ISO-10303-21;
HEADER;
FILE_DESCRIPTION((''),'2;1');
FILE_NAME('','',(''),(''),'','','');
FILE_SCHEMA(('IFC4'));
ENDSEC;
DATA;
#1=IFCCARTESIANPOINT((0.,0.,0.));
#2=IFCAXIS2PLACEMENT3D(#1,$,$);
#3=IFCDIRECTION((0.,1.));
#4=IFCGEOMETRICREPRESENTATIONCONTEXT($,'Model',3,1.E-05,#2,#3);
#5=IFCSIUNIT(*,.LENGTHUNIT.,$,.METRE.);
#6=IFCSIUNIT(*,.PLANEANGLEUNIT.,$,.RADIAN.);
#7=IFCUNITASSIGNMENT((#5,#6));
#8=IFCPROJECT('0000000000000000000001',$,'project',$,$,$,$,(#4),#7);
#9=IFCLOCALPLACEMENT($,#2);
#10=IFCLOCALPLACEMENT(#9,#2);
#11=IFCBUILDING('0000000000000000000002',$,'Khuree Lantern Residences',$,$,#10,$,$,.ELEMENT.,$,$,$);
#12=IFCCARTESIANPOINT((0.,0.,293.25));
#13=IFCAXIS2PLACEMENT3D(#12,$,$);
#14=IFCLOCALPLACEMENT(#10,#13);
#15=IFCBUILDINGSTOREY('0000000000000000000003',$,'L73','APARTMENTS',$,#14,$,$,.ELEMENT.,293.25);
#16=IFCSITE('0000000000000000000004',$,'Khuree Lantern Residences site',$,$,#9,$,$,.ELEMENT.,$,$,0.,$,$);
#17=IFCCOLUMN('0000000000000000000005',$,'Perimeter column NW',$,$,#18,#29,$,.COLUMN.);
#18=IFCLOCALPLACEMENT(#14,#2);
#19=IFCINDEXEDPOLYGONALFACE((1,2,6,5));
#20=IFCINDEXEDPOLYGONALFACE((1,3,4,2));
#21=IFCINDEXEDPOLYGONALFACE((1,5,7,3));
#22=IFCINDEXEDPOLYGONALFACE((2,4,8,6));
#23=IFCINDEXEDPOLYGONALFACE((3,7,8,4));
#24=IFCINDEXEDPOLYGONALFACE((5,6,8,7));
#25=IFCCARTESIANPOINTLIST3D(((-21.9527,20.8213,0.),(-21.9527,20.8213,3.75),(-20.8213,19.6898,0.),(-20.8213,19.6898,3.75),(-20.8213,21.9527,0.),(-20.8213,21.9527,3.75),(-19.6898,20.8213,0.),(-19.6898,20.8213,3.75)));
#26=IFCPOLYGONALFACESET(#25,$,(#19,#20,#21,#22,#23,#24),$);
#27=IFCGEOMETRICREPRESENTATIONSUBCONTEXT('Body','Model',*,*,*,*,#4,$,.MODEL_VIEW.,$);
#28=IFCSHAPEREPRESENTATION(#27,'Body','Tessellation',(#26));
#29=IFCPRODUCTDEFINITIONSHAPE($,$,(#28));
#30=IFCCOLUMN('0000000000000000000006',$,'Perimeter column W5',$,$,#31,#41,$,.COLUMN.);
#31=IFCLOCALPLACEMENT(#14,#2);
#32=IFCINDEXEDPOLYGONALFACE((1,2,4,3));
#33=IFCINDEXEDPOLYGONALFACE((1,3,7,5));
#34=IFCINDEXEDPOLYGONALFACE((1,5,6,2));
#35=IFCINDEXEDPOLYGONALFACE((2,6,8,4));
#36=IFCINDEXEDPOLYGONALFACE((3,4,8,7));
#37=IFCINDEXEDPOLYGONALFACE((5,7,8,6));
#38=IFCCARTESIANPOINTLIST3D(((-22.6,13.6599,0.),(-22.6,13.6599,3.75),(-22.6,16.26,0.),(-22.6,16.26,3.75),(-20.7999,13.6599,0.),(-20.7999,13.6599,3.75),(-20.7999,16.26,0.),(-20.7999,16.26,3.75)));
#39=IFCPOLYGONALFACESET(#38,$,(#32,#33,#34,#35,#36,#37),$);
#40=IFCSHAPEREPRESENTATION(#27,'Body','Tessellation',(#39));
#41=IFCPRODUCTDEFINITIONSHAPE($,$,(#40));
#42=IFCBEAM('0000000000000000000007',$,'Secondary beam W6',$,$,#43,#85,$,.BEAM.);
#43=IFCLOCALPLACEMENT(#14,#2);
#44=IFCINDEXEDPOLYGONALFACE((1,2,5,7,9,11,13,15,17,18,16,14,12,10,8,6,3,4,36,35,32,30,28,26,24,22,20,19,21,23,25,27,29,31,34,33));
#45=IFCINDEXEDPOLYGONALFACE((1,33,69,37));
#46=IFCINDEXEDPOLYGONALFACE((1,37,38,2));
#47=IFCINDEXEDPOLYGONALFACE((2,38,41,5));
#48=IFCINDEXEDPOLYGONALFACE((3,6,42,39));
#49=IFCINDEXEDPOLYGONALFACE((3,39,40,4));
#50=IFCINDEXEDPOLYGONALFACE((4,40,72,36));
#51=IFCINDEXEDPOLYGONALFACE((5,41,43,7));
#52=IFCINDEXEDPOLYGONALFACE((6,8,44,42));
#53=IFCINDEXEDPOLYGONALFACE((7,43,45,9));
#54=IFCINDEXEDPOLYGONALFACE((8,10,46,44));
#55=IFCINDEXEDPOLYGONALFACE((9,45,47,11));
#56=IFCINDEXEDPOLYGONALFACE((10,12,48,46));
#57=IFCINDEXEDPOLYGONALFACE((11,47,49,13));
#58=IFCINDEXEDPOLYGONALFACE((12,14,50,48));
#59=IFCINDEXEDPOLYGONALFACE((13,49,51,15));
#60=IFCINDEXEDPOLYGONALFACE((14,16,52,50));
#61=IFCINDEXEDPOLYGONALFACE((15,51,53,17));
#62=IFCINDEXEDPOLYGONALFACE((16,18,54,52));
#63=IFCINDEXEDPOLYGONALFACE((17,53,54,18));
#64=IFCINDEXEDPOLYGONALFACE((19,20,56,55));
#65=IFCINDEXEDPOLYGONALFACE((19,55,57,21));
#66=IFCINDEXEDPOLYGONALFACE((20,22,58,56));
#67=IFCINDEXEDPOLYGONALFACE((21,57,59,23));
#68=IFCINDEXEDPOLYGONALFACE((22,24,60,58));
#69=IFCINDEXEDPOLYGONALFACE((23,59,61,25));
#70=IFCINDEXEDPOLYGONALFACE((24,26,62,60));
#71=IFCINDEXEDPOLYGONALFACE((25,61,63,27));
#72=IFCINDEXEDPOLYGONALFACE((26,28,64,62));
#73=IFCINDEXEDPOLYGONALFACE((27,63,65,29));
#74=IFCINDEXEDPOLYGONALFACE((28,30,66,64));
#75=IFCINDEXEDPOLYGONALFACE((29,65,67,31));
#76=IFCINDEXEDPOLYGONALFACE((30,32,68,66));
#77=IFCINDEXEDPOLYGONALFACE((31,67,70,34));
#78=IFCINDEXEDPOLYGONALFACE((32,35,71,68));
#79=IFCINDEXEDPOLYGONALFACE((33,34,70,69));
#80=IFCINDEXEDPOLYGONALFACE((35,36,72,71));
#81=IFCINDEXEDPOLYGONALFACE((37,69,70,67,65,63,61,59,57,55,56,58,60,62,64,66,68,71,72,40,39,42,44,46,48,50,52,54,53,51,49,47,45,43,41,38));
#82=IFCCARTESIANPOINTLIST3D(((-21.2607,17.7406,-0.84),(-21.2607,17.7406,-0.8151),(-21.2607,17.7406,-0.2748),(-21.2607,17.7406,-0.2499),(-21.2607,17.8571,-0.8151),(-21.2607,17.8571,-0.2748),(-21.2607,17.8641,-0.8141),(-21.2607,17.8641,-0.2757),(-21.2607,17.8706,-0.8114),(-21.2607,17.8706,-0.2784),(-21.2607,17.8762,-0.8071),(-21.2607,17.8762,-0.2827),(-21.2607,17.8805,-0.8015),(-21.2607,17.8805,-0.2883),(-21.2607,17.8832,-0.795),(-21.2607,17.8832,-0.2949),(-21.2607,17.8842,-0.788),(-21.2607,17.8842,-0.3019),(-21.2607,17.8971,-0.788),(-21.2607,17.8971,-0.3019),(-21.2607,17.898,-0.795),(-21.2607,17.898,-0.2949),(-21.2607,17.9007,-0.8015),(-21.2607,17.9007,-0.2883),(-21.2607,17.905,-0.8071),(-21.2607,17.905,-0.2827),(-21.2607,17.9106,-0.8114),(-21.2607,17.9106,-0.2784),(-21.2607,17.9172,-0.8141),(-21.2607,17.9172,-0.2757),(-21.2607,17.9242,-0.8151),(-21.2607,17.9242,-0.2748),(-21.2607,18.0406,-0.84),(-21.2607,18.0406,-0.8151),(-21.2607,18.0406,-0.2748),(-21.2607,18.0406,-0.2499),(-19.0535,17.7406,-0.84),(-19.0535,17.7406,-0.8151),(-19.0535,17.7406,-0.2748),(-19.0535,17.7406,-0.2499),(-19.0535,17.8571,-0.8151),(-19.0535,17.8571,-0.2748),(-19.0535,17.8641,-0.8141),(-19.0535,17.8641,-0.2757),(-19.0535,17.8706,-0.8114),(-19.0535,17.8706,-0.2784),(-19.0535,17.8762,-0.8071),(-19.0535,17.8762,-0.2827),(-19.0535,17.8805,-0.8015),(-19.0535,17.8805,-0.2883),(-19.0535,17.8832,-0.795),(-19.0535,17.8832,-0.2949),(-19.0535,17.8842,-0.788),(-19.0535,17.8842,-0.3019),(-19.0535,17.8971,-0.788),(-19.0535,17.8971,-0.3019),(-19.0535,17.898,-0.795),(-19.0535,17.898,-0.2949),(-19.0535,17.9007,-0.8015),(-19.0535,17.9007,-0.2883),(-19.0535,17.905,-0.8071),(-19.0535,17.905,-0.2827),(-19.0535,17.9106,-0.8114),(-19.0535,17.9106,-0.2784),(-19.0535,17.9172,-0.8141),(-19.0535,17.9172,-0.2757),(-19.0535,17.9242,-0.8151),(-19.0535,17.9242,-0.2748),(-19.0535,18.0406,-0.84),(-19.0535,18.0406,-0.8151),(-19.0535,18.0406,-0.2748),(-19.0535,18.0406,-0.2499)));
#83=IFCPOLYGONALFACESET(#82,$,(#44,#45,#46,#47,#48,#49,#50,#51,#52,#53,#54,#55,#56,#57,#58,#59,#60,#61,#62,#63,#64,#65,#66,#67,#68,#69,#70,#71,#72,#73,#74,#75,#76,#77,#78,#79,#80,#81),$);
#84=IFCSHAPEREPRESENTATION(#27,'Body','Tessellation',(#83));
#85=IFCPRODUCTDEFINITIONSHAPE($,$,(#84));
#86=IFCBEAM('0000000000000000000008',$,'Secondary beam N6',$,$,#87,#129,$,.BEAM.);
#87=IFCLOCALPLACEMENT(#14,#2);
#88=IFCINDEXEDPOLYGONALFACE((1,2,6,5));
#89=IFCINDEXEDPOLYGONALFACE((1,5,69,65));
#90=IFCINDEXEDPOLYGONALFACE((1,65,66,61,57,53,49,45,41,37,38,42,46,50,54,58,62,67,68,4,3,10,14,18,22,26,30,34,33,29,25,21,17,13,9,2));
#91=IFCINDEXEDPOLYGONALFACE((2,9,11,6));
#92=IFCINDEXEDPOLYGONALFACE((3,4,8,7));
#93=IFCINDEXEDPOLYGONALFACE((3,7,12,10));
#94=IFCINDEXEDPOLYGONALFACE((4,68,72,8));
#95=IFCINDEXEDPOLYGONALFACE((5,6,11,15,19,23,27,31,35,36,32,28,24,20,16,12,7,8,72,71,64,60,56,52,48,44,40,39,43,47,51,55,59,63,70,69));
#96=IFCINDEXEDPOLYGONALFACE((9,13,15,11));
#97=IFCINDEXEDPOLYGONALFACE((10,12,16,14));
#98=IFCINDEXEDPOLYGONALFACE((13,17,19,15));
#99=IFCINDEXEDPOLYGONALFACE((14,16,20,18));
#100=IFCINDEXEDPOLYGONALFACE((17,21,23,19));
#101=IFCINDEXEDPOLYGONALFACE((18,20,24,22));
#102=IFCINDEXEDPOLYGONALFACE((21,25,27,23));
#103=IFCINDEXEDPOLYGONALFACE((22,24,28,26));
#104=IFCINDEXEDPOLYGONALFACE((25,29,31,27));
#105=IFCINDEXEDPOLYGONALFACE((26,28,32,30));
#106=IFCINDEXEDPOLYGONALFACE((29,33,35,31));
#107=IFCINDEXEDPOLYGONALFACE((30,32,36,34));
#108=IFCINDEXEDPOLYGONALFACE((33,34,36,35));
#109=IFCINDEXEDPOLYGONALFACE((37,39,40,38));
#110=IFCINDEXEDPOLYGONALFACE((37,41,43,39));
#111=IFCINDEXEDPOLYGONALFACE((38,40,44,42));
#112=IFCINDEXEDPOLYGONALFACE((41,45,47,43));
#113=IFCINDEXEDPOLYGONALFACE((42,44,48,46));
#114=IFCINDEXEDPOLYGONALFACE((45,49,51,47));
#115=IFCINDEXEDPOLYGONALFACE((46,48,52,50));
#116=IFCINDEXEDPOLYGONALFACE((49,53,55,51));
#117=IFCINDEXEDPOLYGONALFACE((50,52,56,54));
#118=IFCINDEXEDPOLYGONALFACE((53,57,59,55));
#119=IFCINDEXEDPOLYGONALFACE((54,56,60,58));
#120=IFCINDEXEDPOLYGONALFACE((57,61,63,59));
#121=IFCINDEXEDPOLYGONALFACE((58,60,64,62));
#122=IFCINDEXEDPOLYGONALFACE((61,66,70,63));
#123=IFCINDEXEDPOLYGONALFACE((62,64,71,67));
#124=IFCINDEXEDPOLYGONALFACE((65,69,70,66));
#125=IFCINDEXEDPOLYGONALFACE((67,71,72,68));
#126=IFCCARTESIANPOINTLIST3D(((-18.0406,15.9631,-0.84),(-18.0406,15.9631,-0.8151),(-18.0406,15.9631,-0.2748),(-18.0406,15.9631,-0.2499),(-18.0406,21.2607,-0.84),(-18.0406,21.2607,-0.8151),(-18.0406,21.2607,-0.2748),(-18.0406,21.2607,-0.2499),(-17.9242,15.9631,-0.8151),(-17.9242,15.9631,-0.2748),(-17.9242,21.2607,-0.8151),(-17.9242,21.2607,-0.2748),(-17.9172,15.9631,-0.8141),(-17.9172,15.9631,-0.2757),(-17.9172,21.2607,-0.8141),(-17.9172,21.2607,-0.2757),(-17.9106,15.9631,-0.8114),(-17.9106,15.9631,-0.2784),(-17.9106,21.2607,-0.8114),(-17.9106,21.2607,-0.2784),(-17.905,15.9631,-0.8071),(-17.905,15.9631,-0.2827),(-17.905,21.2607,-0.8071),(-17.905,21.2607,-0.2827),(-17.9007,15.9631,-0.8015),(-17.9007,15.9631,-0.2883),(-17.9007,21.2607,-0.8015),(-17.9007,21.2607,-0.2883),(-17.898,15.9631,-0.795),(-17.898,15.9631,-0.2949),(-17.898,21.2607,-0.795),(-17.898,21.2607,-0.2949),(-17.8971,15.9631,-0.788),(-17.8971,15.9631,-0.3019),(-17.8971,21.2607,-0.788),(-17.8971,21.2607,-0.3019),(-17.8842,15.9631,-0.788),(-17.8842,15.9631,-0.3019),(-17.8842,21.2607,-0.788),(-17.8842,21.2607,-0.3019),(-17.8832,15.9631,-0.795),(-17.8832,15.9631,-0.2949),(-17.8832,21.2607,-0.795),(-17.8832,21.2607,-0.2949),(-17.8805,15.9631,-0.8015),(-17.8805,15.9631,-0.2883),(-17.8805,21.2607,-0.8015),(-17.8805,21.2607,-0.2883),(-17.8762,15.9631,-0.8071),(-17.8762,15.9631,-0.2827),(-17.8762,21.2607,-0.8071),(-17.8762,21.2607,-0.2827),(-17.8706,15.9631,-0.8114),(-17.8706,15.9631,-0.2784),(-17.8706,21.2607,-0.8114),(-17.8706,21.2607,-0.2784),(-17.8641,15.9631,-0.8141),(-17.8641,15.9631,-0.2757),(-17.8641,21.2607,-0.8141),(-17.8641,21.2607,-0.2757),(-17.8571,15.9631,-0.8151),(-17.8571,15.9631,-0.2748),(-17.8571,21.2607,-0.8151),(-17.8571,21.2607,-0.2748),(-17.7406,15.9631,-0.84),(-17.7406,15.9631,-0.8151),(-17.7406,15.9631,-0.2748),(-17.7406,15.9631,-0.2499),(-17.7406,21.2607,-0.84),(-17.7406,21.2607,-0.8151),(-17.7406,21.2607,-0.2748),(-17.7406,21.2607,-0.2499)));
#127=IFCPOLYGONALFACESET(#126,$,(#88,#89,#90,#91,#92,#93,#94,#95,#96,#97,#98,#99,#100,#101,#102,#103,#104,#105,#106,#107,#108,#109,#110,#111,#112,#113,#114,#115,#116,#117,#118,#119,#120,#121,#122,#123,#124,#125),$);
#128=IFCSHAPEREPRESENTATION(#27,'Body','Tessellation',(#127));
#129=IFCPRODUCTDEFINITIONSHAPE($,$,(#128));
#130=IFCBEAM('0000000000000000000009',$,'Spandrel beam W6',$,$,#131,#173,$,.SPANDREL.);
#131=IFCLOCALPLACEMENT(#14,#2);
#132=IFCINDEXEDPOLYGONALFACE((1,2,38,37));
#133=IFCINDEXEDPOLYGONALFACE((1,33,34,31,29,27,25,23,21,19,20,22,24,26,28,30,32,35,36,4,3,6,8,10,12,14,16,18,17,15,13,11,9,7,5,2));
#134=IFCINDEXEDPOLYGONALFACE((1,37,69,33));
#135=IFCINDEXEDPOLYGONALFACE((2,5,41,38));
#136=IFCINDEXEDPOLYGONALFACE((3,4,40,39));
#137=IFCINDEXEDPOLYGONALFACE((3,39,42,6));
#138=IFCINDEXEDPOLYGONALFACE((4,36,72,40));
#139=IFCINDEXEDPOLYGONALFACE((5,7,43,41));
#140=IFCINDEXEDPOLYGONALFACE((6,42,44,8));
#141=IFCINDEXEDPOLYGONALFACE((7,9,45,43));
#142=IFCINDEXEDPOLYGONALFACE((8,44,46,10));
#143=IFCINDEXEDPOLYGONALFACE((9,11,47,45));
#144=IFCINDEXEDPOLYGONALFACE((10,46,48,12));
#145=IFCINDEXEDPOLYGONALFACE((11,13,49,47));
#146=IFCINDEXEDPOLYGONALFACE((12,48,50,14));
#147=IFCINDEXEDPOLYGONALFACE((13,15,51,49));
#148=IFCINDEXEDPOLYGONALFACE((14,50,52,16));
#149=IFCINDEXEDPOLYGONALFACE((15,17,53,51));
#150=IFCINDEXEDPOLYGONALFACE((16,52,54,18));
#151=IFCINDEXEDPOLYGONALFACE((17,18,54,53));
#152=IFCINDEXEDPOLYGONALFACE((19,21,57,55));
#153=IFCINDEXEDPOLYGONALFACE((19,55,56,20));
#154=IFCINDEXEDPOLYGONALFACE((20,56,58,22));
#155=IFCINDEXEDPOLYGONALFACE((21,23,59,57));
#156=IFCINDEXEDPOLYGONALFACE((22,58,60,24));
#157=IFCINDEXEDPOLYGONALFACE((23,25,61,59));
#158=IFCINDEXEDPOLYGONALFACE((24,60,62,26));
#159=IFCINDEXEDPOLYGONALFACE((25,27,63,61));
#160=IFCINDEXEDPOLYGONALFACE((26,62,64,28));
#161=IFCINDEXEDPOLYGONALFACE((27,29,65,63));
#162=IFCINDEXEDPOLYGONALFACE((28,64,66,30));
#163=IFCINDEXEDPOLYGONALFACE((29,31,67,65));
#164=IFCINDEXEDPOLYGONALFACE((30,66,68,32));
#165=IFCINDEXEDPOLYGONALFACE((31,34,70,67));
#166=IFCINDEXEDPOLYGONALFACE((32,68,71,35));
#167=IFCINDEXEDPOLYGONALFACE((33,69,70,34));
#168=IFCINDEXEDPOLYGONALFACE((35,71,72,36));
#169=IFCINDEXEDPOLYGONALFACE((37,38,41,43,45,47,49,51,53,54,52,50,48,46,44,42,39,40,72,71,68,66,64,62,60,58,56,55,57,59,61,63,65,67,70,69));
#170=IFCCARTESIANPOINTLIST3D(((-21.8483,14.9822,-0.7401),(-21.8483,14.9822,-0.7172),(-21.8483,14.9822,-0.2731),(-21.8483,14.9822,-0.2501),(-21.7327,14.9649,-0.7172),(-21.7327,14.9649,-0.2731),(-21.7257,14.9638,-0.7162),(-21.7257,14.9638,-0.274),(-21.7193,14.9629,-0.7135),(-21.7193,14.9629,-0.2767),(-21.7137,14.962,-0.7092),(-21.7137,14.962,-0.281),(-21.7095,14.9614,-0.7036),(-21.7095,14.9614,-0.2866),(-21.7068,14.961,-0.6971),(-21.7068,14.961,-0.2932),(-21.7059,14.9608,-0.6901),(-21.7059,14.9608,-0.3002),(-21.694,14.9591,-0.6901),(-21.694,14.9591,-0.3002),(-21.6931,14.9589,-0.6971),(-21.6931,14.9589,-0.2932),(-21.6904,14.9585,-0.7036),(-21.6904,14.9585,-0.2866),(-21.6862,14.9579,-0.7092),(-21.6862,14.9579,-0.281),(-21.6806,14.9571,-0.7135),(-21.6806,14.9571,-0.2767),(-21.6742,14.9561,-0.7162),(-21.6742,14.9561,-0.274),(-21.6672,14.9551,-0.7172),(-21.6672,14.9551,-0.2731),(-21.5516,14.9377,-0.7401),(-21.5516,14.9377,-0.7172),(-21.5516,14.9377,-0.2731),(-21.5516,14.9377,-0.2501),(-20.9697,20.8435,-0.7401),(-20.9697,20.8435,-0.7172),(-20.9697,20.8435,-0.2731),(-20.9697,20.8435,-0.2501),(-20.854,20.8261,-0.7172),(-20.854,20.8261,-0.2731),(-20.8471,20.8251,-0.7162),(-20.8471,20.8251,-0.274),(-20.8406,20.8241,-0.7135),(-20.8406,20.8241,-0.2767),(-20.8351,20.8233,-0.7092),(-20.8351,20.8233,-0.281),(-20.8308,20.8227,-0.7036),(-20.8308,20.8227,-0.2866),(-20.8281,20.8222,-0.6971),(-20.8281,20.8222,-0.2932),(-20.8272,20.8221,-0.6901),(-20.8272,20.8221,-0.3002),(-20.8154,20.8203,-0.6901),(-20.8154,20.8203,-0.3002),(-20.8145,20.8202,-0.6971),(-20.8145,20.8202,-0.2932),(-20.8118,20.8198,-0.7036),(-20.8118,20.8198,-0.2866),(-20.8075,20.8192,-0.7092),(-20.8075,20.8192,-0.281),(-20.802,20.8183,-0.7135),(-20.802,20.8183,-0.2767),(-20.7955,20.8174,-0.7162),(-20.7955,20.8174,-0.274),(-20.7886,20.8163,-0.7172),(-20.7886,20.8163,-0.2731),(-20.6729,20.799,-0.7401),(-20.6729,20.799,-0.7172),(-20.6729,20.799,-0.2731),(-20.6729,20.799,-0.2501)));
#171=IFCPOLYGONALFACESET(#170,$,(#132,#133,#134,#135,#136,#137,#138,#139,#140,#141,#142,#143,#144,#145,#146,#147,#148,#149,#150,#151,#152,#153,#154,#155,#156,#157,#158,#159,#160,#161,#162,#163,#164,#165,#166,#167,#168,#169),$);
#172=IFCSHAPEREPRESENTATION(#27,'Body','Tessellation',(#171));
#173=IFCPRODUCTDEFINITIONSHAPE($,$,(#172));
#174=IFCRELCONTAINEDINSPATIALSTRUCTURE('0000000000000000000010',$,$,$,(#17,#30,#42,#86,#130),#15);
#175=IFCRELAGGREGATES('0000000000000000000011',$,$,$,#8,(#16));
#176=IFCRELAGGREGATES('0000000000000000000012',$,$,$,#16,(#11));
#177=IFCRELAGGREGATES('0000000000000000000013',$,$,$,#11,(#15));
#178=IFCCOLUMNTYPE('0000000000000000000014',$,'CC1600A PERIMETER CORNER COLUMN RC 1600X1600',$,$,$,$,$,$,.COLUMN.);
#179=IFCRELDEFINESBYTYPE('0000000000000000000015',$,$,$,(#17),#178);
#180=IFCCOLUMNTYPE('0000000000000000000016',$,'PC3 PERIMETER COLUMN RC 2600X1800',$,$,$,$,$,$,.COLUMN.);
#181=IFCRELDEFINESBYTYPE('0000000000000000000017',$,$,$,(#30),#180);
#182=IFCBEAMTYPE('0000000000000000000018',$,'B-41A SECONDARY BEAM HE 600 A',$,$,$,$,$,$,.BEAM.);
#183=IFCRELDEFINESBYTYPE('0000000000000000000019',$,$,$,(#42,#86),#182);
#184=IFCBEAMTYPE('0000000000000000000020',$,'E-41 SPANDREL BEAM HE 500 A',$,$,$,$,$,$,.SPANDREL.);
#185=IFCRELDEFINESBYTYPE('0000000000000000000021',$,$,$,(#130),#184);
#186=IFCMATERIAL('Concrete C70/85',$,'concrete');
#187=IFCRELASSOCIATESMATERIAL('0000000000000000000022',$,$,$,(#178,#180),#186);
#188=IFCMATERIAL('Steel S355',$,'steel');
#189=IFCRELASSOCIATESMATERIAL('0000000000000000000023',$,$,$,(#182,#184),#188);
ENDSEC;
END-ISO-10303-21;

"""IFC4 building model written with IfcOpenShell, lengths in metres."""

from ifc_helpers import new_model, si_unit, direction, frame, origin, origin_2d, place, context, subcontext, project, spatial, rectangle, i_section, extrude, material, material_profile, profile_set, type_object, element, save


model = new_model("IFC4")

# Units and contexts
model_context = context("Model", 3, precision=1e-05, world=origin(), true_north=direction((0.0, 1.0)))
body_context = subcontext(model_context, "Body", "Model", "MODEL_VIEW")
ifc_project = project(units=[si_unit("LENGTHUNIT", "METRE"), si_unit("PLANEANGLEUNIT", "RADIAN")], contexts=[model_context])

# Site, building, storey
site_placement = place(None, origin())
site = spatial("IfcSite", under=ifc_project, at=site_placement, Name="Khuree Lantern Residences site", CompositionType="ELEMENT", RefElevation=0.0)
building_placement = place(site_placement, origin())
building = spatial("IfcBuilding", under=site, at=building_placement, Name="Khuree Lantern Residences", CompositionType="ELEMENT")
storey_placement = place(building_placement, frame((0.0, 0.0, 293.25)))
storey = spatial("IfcBuildingStorey", under=building, at=storey_placement, Name="L73", Description="APARTMENTS", CompositionType="ELEMENT", Elevation=293.25)

# Columns
ifc_material_1 = material(Name="Concrete C70/85", Category="concrete")
ifc_material_profile_1 = material_profile(ifc_material_1, rectangle(XDim=1.6001, YDim=1.6001, at=origin_2d()), Name="RC 1600X1600")
ifc_profile_set_1 = profile_set([ifc_material_profile_1], Name="Concrete C70/85")
column_type_1 = type_object("IfcColumnType", Name="CC1600A PERIMETER CORNER COLUMN RC 1600X1600", PredefinedType="COLUMN", material=ifc_profile_set_1)
column_1_placement = place(storey_placement, frame((-20.8213, 20.8213, 0.0), z_axis=(0.0, 0.0, 1.0), x_axis=(0.707107, 0.707107, 0.0)))
element("IfcColumn", 1, at=column_1_placement, inside=storey, type_object=column_type_1, Name="Perimeter column NW", PredefinedType="COLUMN", context=body_context, shape_type="SweptSolid", body=[
    extrude(rectangle(XDim=1.6001, YDim=1.6001, at=origin_2d()), origin(), (0.0, 0.0, 1.0), 3.75),
])
ifc_material_profile_2 = material_profile(ifc_material_1, rectangle(XDim=2.6001, YDim=1.8, at=origin_2d()), Name="RC 2600X1800")
ifc_profile_set_2 = profile_set([ifc_material_profile_2], Name="Concrete C70/85")
column_type_2 = type_object("IfcColumnType", Name="PC3 PERIMETER COLUMN RC 2600X1800", PredefinedType="COLUMN", material=ifc_profile_set_2)
column_2_placement = place(storey_placement, frame((-21.7, 14.96, 0.0), z_axis=(0.0, 0.0, 1.0), x_axis=(0.0, 1.0, 0.0)))
element("IfcColumn", 2, at=column_2_placement, inside=storey, type_object=column_type_2, Name="Perimeter column W5", PredefinedType="COLUMN", context=body_context, shape_type="SweptSolid", body=[
    extrude(rectangle(XDim=2.6001, YDim=1.8, at=origin_2d()), origin(), (0.0, 0.0, 1.0), 3.75),
])

# Beams
ifc_material_2 = material(Name="Steel S355", Category="steel")
ifc_material_profile_3 = material_profile(ifc_material_2, i_section(OverallWidth=0.3, OverallDepth=0.5901, WebThickness=0.0129, FlangeThickness=0.0249, FilletRadius=0.0271, at=origin_2d()), Name="HE 600 A")
ifc_profile_set_3 = profile_set([ifc_material_profile_3], Name="Steel S355")
beam_type_1 = type_object("IfcBeamType", Name="B-41A SECONDARY BEAM HE 600 A", PredefinedType="BEAM", material=ifc_profile_set_3)
beam_1_placement = place(storey_placement, frame((-21.2607, 17.8906, -0.5449), z_axis=(1.0, 0.0, 0.0), x_axis=(0.0, 1.0, 0.0)))
element("IfcBeam", 3, at=beam_1_placement, inside=storey, type_object=beam_type_1, Name="Secondary beam W6", PredefinedType="BEAM", context=body_context, shape_type="SweptSolid", body=[
    extrude(i_section(OverallWidth=0.3, OverallDepth=0.5901, WebThickness=0.0129, FlangeThickness=0.0249, FilletRadius=0.0271, at=origin_2d()), origin(), (0.0, 0.0, 1.0), 2.2073),
])
beam_2_placement = place(storey_placement, frame((-17.8906, 21.2607, -0.5449), z_axis=(0.0, -1.0, 0.0), x_axis=(1.0, 0.0, 0.0)))
element("IfcBeam", 4, at=beam_2_placement, inside=storey, type_object=beam_type_1, Name="Secondary beam N6", PredefinedType="BEAM", context=body_context, shape_type="SweptSolid", body=[
    extrude(i_section(OverallWidth=0.3, OverallDepth=0.5901, WebThickness=0.0129, FlangeThickness=0.0249, FilletRadius=0.0271, at=origin_2d()), origin(), (0.0, 0.0, 1.0), 5.2976),
])
ifc_material_profile_4 = material_profile(ifc_material_2, i_section(OverallWidth=0.3, OverallDepth=0.49, WebThickness=0.012, FlangeThickness=0.0229, FilletRadius=0.0271, at=origin_2d()), Name="HE 500 A")
ifc_profile_set_4 = profile_set([ifc_material_profile_4], Name="Steel S355")
beam_type_2 = type_object("IfcBeamType", Name="E-41 SPANDREL BEAM HE 500 A", PredefinedType="SPANDREL", material=ifc_profile_set_4)
for number, where, z_axis, x_axis, name in (
    (5, (-21.7, 14.96, -0.4951), (0.148252, 0.98895, 0.0), (-0.98895, 0.148252, 0.0), "Spandrel beam W6"),
):
    element("IfcBeam", number, at=place(storey_placement, frame(where, z_axis=z_axis, x_axis=x_axis)), inside=storey, type_object=beam_type_2, Name=name, PredefinedType="SPANDREL", context=body_context, shape_type="SweptSolid", body=[
        extrude(i_section(OverallWidth=0.3, OverallDepth=0.49, WebThickness=0.012, FlangeThickness=0.0229, FilletRadius=0.0271, at=origin_2d()), origin(), (0.0, 0.0, 1.0), 5.9268),
    ])

save(model, "model.ifc")
